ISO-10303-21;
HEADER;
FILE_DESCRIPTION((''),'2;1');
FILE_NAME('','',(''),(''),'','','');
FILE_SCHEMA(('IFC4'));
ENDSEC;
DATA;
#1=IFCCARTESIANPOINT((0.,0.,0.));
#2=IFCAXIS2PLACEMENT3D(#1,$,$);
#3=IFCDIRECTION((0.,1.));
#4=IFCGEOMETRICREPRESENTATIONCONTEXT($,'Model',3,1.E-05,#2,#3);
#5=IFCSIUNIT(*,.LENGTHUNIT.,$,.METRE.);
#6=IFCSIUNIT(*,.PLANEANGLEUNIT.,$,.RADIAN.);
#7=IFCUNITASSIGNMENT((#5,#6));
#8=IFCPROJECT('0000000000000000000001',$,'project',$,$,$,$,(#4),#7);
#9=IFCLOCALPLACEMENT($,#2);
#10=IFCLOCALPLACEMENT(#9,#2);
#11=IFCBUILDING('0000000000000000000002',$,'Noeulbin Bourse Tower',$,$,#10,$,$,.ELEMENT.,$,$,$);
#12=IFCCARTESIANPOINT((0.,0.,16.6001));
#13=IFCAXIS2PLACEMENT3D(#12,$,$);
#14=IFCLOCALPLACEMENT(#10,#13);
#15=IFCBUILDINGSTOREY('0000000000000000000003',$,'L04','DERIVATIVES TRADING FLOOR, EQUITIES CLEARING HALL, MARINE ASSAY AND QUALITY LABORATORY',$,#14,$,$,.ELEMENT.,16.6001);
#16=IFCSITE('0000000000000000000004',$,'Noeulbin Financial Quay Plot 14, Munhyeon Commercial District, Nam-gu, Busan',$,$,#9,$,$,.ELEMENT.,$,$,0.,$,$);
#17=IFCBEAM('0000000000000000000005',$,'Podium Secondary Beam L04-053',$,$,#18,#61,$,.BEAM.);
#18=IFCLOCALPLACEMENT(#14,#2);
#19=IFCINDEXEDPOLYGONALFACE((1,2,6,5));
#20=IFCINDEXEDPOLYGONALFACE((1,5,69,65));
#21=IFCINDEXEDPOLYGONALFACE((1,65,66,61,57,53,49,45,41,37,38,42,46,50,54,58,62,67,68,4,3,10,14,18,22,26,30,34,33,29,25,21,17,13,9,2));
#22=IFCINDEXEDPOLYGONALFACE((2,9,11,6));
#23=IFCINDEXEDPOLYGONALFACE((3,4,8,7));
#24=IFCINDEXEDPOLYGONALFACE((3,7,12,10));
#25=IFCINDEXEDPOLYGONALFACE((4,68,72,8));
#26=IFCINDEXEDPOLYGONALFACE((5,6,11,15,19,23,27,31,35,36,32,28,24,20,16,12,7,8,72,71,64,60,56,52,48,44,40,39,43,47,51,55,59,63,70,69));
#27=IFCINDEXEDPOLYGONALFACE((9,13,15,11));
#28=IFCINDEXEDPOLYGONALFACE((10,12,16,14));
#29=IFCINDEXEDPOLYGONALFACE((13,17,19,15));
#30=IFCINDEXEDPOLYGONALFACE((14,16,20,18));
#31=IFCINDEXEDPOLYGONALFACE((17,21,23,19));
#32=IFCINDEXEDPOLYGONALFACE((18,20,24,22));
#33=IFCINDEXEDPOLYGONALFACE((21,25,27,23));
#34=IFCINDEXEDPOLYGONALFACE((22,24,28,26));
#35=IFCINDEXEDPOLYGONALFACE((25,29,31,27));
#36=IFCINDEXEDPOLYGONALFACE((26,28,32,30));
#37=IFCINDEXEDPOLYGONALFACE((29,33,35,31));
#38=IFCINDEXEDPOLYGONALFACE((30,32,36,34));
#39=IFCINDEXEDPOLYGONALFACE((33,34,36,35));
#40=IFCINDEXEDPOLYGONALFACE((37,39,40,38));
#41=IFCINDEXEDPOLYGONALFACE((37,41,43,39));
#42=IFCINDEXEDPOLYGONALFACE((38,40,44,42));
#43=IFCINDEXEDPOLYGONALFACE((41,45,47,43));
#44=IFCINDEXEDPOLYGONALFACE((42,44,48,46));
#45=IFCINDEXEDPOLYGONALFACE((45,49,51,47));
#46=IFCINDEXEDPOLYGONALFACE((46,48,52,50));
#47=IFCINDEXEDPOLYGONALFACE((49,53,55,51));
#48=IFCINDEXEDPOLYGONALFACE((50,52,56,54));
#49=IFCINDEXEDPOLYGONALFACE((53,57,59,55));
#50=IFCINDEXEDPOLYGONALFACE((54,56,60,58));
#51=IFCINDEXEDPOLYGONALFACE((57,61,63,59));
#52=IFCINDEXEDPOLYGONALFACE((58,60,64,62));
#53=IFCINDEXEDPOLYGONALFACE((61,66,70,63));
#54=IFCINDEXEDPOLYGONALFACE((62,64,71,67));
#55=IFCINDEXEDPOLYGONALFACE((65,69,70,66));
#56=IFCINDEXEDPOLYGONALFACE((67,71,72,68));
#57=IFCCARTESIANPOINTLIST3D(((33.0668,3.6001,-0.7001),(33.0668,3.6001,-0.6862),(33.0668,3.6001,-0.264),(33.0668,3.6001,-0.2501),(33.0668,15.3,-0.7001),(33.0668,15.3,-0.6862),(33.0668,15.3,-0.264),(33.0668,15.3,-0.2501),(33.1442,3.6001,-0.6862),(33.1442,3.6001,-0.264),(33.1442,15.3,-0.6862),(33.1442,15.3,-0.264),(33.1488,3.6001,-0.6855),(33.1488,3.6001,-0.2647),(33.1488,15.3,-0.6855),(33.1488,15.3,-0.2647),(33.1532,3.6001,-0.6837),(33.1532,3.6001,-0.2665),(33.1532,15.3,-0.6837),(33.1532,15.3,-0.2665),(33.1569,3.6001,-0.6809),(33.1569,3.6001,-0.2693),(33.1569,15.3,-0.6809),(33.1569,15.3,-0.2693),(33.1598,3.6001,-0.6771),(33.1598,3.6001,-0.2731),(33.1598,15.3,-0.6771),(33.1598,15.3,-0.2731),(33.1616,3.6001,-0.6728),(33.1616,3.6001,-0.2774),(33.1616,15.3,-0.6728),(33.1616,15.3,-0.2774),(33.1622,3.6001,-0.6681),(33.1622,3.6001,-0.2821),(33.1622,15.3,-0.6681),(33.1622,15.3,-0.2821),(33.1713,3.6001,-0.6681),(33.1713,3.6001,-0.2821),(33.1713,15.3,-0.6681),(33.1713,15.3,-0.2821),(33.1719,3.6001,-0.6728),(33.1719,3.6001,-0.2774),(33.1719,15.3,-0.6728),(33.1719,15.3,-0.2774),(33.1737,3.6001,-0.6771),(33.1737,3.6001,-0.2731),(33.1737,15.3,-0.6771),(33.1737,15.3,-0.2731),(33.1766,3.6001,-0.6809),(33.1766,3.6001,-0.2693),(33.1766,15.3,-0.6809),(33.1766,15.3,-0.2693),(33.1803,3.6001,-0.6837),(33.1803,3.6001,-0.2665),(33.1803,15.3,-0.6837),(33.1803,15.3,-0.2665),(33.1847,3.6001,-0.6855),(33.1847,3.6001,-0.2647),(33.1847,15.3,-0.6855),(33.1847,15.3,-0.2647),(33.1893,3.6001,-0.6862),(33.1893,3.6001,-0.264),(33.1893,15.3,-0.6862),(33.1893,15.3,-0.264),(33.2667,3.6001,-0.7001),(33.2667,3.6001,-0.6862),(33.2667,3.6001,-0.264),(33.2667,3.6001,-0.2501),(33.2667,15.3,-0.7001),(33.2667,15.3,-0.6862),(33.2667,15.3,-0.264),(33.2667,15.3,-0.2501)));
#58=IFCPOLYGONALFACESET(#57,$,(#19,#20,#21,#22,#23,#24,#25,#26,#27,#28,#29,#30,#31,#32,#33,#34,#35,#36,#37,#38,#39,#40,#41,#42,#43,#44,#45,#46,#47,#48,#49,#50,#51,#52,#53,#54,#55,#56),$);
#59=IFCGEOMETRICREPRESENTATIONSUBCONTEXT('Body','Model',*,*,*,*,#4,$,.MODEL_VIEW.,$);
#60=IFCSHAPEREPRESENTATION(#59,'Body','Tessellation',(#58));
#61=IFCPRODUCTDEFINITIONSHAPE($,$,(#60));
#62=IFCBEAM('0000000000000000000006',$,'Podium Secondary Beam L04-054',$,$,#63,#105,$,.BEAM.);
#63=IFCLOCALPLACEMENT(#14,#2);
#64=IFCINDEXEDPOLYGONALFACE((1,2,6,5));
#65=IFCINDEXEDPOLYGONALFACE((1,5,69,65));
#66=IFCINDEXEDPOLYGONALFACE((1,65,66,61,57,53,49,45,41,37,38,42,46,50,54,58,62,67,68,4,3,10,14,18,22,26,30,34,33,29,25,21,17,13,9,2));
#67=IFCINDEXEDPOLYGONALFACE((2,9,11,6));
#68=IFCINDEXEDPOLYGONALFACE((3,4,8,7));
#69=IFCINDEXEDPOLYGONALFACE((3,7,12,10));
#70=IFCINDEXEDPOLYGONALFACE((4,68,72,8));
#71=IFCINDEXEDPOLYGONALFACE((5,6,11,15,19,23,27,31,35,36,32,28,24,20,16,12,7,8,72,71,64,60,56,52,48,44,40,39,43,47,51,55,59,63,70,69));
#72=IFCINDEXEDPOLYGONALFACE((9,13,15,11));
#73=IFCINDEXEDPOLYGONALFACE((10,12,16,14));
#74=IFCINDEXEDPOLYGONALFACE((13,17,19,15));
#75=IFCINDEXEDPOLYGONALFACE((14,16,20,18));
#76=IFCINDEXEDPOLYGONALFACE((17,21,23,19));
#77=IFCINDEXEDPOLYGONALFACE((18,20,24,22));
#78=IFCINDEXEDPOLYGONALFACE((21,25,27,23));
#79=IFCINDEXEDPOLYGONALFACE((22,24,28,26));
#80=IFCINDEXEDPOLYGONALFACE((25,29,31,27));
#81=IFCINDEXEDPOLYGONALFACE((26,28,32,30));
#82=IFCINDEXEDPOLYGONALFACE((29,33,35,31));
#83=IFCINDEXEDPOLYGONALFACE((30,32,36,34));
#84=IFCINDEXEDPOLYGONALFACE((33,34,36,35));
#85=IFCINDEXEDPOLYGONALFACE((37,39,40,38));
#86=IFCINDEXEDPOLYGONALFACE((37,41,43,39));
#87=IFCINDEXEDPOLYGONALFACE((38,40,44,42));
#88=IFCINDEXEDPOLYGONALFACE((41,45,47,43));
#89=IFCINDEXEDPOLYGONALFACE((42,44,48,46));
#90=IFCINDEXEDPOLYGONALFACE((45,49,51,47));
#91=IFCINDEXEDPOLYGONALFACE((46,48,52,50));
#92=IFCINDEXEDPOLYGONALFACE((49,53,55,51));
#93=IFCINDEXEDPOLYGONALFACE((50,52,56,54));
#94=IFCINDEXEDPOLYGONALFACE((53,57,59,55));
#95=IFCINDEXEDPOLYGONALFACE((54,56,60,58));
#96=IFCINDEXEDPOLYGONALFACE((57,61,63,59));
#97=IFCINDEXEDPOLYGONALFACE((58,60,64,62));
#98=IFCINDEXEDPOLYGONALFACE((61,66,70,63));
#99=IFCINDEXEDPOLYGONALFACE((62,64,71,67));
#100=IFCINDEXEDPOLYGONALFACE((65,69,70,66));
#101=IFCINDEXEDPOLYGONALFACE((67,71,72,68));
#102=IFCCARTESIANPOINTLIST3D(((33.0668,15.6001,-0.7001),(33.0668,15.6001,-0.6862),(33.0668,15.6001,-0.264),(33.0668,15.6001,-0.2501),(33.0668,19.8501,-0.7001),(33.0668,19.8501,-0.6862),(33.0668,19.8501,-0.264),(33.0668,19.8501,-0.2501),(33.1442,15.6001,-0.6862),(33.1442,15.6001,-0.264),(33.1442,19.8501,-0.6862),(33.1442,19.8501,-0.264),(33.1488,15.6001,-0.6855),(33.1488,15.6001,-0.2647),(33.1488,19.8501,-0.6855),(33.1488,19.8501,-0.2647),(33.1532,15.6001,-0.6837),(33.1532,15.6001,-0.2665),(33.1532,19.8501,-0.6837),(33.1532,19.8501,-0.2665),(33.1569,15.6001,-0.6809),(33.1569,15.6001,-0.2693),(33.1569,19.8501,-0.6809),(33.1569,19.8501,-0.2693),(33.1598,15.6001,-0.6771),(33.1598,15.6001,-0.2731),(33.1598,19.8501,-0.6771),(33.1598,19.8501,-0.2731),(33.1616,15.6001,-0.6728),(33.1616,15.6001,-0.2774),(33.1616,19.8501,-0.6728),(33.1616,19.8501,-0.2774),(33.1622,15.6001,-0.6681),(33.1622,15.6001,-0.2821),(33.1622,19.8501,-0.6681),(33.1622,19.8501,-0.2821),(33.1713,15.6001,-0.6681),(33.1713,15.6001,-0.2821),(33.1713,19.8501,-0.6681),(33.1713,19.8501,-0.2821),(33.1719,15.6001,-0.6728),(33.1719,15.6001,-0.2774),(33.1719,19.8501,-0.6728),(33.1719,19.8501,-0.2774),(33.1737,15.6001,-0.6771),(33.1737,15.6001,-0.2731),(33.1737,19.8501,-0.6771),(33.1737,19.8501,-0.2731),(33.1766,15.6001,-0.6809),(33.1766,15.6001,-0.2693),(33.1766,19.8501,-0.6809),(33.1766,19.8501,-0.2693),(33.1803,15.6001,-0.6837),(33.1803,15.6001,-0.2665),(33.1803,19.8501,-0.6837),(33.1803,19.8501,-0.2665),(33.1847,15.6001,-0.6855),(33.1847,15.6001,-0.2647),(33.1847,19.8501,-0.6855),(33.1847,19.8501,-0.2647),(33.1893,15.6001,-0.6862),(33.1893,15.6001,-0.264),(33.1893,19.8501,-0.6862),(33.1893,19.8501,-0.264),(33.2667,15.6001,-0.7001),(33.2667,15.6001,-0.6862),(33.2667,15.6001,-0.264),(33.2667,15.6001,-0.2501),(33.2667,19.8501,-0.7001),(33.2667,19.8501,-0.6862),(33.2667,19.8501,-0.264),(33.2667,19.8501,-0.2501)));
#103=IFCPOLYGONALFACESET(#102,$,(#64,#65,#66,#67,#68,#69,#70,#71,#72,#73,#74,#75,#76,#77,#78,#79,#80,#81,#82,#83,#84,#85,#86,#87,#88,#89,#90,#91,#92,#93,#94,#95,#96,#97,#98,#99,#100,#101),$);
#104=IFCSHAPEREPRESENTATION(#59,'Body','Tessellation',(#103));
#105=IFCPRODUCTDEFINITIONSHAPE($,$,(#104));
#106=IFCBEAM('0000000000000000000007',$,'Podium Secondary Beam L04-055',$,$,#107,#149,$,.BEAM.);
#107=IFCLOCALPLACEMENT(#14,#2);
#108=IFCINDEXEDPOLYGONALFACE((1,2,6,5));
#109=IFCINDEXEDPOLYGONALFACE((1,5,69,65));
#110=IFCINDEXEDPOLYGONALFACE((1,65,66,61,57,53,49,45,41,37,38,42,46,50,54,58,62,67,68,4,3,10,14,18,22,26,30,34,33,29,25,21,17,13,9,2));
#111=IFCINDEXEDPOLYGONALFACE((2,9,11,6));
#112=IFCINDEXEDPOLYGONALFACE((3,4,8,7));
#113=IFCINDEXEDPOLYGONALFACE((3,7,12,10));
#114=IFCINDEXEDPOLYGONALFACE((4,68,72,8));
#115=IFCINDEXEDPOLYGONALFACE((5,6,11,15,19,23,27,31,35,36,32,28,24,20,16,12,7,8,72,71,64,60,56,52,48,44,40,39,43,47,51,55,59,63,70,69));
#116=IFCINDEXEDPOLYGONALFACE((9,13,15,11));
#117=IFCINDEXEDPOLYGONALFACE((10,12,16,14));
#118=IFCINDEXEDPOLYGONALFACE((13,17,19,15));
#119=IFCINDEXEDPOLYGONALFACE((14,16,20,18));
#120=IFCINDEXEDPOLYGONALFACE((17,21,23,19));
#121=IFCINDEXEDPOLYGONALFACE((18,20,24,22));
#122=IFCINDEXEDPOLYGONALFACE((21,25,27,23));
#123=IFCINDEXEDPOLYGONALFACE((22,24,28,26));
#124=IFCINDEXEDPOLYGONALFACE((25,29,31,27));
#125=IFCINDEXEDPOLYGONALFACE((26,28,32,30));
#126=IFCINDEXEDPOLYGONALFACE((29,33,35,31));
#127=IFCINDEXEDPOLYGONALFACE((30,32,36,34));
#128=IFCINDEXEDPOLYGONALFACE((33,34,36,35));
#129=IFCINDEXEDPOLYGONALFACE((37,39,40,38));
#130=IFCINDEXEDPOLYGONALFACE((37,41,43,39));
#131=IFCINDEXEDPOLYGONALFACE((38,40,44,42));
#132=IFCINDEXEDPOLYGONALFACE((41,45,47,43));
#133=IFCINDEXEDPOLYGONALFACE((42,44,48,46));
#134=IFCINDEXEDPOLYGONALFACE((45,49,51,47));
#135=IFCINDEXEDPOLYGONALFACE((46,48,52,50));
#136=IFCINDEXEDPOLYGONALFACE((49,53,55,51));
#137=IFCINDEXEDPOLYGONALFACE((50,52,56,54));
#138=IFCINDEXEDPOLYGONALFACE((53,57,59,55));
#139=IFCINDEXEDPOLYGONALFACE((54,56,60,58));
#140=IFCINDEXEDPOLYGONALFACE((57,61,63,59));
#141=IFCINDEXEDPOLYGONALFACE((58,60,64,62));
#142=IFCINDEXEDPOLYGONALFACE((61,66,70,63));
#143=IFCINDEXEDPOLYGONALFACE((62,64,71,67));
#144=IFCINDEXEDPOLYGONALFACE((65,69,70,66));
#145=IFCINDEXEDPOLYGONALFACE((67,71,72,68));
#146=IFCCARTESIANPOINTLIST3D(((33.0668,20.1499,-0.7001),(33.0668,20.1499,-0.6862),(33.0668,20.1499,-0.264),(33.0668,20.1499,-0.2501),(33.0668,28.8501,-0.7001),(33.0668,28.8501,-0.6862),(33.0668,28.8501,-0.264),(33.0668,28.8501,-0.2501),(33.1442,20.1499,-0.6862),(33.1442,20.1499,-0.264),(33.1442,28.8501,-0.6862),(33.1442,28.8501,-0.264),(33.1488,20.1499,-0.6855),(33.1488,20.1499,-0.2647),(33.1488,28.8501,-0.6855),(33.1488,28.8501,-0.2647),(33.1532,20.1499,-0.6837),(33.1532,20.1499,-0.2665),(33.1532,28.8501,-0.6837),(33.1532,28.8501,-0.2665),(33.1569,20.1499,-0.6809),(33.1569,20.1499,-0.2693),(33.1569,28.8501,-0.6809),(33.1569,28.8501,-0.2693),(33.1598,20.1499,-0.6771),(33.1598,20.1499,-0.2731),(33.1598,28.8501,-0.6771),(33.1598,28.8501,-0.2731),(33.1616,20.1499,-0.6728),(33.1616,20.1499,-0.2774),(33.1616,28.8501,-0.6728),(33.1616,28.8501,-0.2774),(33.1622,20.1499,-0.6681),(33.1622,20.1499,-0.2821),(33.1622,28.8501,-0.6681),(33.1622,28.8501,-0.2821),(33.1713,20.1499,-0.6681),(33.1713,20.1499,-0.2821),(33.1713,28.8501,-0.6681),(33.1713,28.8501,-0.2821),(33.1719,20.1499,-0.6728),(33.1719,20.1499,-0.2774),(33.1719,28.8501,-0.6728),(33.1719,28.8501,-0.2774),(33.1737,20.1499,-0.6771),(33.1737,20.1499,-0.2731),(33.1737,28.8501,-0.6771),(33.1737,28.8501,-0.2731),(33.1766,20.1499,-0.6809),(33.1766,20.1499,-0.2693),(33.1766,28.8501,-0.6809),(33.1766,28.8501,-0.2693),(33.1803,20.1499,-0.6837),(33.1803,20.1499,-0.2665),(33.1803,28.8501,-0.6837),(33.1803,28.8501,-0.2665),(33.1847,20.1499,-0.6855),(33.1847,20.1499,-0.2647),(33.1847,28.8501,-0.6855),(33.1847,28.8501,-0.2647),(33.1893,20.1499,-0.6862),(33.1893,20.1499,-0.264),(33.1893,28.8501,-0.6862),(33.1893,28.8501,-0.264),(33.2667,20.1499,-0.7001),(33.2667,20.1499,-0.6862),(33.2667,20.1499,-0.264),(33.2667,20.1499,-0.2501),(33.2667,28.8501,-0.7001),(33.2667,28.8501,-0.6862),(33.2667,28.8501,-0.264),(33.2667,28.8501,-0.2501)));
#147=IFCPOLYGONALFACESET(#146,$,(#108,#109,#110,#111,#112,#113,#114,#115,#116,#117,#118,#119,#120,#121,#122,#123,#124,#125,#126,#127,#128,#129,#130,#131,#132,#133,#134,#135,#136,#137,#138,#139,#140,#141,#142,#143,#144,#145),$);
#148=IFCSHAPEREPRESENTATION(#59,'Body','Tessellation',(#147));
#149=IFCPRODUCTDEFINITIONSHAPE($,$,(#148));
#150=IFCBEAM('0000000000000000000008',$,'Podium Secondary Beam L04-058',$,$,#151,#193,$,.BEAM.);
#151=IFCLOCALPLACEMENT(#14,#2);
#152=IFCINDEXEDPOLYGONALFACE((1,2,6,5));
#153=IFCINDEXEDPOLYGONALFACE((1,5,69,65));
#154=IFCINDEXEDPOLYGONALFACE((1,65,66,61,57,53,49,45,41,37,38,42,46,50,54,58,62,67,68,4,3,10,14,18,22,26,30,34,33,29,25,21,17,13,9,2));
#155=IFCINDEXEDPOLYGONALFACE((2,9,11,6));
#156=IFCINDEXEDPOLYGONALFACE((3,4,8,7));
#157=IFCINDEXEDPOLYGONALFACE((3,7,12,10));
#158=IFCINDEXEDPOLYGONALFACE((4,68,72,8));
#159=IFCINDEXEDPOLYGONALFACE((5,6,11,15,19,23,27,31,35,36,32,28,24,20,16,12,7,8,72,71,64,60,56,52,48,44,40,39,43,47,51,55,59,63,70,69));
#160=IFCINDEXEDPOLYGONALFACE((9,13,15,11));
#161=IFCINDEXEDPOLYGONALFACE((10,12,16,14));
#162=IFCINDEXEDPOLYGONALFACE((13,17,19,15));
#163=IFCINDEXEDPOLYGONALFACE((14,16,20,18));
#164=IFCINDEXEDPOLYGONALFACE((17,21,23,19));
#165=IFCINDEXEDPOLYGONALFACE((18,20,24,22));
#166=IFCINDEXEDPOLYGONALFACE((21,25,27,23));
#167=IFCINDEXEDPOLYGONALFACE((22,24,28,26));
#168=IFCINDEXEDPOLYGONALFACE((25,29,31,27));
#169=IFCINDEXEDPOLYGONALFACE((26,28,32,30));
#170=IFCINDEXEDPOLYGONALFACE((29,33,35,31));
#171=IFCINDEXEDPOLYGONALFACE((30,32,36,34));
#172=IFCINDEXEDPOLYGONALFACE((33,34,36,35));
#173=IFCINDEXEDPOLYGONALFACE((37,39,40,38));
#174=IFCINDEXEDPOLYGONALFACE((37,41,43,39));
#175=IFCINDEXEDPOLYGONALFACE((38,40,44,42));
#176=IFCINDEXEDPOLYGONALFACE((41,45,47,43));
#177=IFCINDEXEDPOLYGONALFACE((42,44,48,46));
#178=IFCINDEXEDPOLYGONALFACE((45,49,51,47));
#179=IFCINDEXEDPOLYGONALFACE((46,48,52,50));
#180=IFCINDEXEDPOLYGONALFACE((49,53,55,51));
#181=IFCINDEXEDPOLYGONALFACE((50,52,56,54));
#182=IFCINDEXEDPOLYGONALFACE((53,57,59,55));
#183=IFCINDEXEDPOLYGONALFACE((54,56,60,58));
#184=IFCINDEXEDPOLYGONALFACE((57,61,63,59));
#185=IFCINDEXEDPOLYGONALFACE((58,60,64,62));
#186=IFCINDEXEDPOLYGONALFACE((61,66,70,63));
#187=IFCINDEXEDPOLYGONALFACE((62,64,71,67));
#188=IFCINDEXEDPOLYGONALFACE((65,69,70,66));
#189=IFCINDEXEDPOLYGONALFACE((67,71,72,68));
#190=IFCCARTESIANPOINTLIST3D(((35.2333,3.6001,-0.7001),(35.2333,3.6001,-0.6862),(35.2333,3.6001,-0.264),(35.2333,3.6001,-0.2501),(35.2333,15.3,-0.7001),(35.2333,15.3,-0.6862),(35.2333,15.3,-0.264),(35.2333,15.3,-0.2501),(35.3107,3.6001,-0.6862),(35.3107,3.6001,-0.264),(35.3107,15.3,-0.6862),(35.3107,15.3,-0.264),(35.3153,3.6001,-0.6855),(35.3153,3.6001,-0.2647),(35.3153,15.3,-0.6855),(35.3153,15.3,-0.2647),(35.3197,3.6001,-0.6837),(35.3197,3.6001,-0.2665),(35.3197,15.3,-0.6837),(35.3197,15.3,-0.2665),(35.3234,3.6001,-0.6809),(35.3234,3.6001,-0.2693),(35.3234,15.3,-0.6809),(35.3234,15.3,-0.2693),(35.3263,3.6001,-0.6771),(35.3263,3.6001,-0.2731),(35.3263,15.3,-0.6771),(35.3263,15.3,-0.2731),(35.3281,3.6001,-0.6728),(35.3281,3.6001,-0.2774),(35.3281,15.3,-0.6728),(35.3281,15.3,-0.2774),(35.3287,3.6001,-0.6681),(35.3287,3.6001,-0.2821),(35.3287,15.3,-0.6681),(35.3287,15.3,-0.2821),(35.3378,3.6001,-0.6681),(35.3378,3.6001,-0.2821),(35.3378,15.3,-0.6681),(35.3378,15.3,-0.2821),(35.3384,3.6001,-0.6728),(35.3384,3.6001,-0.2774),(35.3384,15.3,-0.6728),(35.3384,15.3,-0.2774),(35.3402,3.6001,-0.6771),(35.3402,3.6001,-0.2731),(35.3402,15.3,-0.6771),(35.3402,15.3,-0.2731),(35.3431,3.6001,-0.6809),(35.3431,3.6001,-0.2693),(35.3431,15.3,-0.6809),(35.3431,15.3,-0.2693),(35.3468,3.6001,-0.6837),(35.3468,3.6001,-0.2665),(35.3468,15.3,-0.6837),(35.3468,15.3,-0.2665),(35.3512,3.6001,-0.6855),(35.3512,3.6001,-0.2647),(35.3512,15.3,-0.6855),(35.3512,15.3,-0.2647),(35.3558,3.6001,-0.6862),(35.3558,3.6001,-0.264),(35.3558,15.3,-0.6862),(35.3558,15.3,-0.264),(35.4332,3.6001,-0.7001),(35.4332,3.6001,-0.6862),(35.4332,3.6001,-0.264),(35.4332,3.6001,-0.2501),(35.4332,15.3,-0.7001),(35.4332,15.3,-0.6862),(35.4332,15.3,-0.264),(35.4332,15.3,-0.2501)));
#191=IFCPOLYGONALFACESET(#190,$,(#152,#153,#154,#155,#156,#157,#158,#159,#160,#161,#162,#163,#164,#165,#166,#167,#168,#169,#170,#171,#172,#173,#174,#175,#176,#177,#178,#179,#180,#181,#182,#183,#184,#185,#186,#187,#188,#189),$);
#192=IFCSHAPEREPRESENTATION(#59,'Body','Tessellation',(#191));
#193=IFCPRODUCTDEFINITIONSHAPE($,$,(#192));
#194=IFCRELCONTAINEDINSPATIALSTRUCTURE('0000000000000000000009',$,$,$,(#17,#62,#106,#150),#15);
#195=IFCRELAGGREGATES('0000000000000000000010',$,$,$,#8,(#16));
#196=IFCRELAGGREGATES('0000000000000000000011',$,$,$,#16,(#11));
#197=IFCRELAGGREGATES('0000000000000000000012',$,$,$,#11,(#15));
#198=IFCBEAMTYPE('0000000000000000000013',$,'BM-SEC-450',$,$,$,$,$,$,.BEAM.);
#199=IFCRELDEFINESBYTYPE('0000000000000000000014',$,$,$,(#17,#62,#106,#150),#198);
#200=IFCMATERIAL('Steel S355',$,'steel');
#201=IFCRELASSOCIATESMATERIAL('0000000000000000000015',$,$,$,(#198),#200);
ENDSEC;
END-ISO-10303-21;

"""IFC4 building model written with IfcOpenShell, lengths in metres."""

from ifc_helpers import new_model, si_unit, direction, frame, origin, origin_2d, place, context, subcontext, project, spatial, i_section, extrude, material, material_profile, profile_set, type_object, element, save


model = new_model("IFC4")

# Units and contexts
model_context = context("Model", 3, precision=1e-05, world=origin(), true_north=direction((0.0, 1.0)))
body_context = subcontext(model_context, "Body", "Model", "MODEL_VIEW")
ifc_project = project(units=[si_unit("LENGTHUNIT", "METRE"), si_unit("PLANEANGLEUNIT", "RADIAN")], contexts=[model_context])

# Site, building, storey
site_placement = place(None, origin())
site = spatial("IfcSite", under=ifc_project, at=site_placement, Name="Noeulbin Financial Quay Plot 14, Munhyeon Commercial District, Nam-gu, Busan", CompositionType="ELEMENT", RefElevation=0.0)
building_placement = place(site_placement, origin())
building = spatial("IfcBuilding", under=site, at=building_placement, Name="Noeulbin Bourse Tower", CompositionType="ELEMENT")
storey_placement = place(building_placement, frame((0.0, 0.0, 16.6001)))
storey = spatial("IfcBuildingStorey", under=building, at=storey_placement, Name="L04", Description="DERIVATIVES TRADING FLOOR, EQUITIES CLEARING HALL, MARINE ASSAY AND QUALITY LABORATORY", CompositionType="ELEMENT", Elevation=16.6001)

# Beams
ifc_material_1 = material(Name="Steel S355", Category="steel")
ifc_material_profile_1 = material_profile(ifc_material_1, i_section(OverallWidth=0.2, OverallDepth=0.45, WebThickness=0.009, FlangeThickness=0.0139, FilletRadius=0.0181, at=origin_2d()), Name="H-450x200x9x14", Category="LoadBearing")
ifc_profile_set_1 = profile_set([ifc_material_profile_1], Name="Steel S355")
beam_type_1 = type_object("IfcBeamType", Name="BM-SEC-450", PredefinedType="BEAM", material=ifc_profile_set_1)
beam_1_placement = place(storey_placement, frame((33.1667, 3.6001, -0.4751), z_axis=(0.0, 1.0, 0.0), x_axis=(-1.0, 0.0, 0.0)))
element("IfcBeam", 1, at=beam_1_placement, inside=storey, type_object=beam_type_1, Name="Podium Secondary Beam L04-053", PredefinedType="BEAM", context=body_context, shape_type="SweptSolid", body=[
    extrude(i_section(OverallWidth=0.2, OverallDepth=0.45, WebThickness=0.009, FlangeThickness=0.0139, FilletRadius=0.0181, at=origin_2d()), origin(), (0.0, 0.0, 1.0), 11.7),
])
beam_2_placement = place(storey_placement, frame((33.1667, 15.6001, -0.4751), z_axis=(0.0, 1.0, 0.0), x_axis=(-1.0, 0.0, 0.0)))
element("IfcBeam", 2, at=beam_2_placement, inside=storey, type_object=beam_type_1, Name="Podium Secondary Beam L04-054", PredefinedType="BEAM", context=body_context, shape_type="SweptSolid", body=[
    extrude(i_section(OverallWidth=0.2, OverallDepth=0.45, WebThickness=0.009, FlangeThickness=0.0139, FilletRadius=0.0181, at=origin_2d()), origin(), (0.0, 0.0, 1.0), 4.25),
])
beam_3_placement = place(storey_placement, frame((33.1667, 20.1499, -0.4751), z_axis=(0.0, 1.0, 0.0), x_axis=(-1.0, 0.0, 0.0)))
element("IfcBeam", 3, at=beam_3_placement, inside=storey, type_object=beam_type_1, Name="Podium Secondary Beam L04-055", PredefinedType="BEAM", context=body_context, shape_type="SweptSolid", body=[
    extrude(i_section(OverallWidth=0.2, OverallDepth=0.45, WebThickness=0.009, FlangeThickness=0.0139, FilletRadius=0.0181, at=origin_2d()), origin(), (0.0, 0.0, 1.0), 8.7002),
])
beam_4_placement = place(storey_placement, frame((35.3333, 3.6001, -0.4751), z_axis=(0.0, 1.0, 0.0), x_axis=(-1.0, 0.0, 0.0)))
element("IfcBeam", 4, at=beam_4_placement, inside=storey, type_object=beam_type_1, Name="Podium Secondary Beam L04-058", PredefinedType="BEAM", context=body_context, shape_type="SweptSolid", body=[
    extrude(i_section(OverallWidth=0.2, OverallDepth=0.45, WebThickness=0.009, FlangeThickness=0.0139, FilletRadius=0.0181, at=origin_2d()), origin(), (0.0, 0.0, 1.0), 11.7),
])

save(model, "model.ifc")
